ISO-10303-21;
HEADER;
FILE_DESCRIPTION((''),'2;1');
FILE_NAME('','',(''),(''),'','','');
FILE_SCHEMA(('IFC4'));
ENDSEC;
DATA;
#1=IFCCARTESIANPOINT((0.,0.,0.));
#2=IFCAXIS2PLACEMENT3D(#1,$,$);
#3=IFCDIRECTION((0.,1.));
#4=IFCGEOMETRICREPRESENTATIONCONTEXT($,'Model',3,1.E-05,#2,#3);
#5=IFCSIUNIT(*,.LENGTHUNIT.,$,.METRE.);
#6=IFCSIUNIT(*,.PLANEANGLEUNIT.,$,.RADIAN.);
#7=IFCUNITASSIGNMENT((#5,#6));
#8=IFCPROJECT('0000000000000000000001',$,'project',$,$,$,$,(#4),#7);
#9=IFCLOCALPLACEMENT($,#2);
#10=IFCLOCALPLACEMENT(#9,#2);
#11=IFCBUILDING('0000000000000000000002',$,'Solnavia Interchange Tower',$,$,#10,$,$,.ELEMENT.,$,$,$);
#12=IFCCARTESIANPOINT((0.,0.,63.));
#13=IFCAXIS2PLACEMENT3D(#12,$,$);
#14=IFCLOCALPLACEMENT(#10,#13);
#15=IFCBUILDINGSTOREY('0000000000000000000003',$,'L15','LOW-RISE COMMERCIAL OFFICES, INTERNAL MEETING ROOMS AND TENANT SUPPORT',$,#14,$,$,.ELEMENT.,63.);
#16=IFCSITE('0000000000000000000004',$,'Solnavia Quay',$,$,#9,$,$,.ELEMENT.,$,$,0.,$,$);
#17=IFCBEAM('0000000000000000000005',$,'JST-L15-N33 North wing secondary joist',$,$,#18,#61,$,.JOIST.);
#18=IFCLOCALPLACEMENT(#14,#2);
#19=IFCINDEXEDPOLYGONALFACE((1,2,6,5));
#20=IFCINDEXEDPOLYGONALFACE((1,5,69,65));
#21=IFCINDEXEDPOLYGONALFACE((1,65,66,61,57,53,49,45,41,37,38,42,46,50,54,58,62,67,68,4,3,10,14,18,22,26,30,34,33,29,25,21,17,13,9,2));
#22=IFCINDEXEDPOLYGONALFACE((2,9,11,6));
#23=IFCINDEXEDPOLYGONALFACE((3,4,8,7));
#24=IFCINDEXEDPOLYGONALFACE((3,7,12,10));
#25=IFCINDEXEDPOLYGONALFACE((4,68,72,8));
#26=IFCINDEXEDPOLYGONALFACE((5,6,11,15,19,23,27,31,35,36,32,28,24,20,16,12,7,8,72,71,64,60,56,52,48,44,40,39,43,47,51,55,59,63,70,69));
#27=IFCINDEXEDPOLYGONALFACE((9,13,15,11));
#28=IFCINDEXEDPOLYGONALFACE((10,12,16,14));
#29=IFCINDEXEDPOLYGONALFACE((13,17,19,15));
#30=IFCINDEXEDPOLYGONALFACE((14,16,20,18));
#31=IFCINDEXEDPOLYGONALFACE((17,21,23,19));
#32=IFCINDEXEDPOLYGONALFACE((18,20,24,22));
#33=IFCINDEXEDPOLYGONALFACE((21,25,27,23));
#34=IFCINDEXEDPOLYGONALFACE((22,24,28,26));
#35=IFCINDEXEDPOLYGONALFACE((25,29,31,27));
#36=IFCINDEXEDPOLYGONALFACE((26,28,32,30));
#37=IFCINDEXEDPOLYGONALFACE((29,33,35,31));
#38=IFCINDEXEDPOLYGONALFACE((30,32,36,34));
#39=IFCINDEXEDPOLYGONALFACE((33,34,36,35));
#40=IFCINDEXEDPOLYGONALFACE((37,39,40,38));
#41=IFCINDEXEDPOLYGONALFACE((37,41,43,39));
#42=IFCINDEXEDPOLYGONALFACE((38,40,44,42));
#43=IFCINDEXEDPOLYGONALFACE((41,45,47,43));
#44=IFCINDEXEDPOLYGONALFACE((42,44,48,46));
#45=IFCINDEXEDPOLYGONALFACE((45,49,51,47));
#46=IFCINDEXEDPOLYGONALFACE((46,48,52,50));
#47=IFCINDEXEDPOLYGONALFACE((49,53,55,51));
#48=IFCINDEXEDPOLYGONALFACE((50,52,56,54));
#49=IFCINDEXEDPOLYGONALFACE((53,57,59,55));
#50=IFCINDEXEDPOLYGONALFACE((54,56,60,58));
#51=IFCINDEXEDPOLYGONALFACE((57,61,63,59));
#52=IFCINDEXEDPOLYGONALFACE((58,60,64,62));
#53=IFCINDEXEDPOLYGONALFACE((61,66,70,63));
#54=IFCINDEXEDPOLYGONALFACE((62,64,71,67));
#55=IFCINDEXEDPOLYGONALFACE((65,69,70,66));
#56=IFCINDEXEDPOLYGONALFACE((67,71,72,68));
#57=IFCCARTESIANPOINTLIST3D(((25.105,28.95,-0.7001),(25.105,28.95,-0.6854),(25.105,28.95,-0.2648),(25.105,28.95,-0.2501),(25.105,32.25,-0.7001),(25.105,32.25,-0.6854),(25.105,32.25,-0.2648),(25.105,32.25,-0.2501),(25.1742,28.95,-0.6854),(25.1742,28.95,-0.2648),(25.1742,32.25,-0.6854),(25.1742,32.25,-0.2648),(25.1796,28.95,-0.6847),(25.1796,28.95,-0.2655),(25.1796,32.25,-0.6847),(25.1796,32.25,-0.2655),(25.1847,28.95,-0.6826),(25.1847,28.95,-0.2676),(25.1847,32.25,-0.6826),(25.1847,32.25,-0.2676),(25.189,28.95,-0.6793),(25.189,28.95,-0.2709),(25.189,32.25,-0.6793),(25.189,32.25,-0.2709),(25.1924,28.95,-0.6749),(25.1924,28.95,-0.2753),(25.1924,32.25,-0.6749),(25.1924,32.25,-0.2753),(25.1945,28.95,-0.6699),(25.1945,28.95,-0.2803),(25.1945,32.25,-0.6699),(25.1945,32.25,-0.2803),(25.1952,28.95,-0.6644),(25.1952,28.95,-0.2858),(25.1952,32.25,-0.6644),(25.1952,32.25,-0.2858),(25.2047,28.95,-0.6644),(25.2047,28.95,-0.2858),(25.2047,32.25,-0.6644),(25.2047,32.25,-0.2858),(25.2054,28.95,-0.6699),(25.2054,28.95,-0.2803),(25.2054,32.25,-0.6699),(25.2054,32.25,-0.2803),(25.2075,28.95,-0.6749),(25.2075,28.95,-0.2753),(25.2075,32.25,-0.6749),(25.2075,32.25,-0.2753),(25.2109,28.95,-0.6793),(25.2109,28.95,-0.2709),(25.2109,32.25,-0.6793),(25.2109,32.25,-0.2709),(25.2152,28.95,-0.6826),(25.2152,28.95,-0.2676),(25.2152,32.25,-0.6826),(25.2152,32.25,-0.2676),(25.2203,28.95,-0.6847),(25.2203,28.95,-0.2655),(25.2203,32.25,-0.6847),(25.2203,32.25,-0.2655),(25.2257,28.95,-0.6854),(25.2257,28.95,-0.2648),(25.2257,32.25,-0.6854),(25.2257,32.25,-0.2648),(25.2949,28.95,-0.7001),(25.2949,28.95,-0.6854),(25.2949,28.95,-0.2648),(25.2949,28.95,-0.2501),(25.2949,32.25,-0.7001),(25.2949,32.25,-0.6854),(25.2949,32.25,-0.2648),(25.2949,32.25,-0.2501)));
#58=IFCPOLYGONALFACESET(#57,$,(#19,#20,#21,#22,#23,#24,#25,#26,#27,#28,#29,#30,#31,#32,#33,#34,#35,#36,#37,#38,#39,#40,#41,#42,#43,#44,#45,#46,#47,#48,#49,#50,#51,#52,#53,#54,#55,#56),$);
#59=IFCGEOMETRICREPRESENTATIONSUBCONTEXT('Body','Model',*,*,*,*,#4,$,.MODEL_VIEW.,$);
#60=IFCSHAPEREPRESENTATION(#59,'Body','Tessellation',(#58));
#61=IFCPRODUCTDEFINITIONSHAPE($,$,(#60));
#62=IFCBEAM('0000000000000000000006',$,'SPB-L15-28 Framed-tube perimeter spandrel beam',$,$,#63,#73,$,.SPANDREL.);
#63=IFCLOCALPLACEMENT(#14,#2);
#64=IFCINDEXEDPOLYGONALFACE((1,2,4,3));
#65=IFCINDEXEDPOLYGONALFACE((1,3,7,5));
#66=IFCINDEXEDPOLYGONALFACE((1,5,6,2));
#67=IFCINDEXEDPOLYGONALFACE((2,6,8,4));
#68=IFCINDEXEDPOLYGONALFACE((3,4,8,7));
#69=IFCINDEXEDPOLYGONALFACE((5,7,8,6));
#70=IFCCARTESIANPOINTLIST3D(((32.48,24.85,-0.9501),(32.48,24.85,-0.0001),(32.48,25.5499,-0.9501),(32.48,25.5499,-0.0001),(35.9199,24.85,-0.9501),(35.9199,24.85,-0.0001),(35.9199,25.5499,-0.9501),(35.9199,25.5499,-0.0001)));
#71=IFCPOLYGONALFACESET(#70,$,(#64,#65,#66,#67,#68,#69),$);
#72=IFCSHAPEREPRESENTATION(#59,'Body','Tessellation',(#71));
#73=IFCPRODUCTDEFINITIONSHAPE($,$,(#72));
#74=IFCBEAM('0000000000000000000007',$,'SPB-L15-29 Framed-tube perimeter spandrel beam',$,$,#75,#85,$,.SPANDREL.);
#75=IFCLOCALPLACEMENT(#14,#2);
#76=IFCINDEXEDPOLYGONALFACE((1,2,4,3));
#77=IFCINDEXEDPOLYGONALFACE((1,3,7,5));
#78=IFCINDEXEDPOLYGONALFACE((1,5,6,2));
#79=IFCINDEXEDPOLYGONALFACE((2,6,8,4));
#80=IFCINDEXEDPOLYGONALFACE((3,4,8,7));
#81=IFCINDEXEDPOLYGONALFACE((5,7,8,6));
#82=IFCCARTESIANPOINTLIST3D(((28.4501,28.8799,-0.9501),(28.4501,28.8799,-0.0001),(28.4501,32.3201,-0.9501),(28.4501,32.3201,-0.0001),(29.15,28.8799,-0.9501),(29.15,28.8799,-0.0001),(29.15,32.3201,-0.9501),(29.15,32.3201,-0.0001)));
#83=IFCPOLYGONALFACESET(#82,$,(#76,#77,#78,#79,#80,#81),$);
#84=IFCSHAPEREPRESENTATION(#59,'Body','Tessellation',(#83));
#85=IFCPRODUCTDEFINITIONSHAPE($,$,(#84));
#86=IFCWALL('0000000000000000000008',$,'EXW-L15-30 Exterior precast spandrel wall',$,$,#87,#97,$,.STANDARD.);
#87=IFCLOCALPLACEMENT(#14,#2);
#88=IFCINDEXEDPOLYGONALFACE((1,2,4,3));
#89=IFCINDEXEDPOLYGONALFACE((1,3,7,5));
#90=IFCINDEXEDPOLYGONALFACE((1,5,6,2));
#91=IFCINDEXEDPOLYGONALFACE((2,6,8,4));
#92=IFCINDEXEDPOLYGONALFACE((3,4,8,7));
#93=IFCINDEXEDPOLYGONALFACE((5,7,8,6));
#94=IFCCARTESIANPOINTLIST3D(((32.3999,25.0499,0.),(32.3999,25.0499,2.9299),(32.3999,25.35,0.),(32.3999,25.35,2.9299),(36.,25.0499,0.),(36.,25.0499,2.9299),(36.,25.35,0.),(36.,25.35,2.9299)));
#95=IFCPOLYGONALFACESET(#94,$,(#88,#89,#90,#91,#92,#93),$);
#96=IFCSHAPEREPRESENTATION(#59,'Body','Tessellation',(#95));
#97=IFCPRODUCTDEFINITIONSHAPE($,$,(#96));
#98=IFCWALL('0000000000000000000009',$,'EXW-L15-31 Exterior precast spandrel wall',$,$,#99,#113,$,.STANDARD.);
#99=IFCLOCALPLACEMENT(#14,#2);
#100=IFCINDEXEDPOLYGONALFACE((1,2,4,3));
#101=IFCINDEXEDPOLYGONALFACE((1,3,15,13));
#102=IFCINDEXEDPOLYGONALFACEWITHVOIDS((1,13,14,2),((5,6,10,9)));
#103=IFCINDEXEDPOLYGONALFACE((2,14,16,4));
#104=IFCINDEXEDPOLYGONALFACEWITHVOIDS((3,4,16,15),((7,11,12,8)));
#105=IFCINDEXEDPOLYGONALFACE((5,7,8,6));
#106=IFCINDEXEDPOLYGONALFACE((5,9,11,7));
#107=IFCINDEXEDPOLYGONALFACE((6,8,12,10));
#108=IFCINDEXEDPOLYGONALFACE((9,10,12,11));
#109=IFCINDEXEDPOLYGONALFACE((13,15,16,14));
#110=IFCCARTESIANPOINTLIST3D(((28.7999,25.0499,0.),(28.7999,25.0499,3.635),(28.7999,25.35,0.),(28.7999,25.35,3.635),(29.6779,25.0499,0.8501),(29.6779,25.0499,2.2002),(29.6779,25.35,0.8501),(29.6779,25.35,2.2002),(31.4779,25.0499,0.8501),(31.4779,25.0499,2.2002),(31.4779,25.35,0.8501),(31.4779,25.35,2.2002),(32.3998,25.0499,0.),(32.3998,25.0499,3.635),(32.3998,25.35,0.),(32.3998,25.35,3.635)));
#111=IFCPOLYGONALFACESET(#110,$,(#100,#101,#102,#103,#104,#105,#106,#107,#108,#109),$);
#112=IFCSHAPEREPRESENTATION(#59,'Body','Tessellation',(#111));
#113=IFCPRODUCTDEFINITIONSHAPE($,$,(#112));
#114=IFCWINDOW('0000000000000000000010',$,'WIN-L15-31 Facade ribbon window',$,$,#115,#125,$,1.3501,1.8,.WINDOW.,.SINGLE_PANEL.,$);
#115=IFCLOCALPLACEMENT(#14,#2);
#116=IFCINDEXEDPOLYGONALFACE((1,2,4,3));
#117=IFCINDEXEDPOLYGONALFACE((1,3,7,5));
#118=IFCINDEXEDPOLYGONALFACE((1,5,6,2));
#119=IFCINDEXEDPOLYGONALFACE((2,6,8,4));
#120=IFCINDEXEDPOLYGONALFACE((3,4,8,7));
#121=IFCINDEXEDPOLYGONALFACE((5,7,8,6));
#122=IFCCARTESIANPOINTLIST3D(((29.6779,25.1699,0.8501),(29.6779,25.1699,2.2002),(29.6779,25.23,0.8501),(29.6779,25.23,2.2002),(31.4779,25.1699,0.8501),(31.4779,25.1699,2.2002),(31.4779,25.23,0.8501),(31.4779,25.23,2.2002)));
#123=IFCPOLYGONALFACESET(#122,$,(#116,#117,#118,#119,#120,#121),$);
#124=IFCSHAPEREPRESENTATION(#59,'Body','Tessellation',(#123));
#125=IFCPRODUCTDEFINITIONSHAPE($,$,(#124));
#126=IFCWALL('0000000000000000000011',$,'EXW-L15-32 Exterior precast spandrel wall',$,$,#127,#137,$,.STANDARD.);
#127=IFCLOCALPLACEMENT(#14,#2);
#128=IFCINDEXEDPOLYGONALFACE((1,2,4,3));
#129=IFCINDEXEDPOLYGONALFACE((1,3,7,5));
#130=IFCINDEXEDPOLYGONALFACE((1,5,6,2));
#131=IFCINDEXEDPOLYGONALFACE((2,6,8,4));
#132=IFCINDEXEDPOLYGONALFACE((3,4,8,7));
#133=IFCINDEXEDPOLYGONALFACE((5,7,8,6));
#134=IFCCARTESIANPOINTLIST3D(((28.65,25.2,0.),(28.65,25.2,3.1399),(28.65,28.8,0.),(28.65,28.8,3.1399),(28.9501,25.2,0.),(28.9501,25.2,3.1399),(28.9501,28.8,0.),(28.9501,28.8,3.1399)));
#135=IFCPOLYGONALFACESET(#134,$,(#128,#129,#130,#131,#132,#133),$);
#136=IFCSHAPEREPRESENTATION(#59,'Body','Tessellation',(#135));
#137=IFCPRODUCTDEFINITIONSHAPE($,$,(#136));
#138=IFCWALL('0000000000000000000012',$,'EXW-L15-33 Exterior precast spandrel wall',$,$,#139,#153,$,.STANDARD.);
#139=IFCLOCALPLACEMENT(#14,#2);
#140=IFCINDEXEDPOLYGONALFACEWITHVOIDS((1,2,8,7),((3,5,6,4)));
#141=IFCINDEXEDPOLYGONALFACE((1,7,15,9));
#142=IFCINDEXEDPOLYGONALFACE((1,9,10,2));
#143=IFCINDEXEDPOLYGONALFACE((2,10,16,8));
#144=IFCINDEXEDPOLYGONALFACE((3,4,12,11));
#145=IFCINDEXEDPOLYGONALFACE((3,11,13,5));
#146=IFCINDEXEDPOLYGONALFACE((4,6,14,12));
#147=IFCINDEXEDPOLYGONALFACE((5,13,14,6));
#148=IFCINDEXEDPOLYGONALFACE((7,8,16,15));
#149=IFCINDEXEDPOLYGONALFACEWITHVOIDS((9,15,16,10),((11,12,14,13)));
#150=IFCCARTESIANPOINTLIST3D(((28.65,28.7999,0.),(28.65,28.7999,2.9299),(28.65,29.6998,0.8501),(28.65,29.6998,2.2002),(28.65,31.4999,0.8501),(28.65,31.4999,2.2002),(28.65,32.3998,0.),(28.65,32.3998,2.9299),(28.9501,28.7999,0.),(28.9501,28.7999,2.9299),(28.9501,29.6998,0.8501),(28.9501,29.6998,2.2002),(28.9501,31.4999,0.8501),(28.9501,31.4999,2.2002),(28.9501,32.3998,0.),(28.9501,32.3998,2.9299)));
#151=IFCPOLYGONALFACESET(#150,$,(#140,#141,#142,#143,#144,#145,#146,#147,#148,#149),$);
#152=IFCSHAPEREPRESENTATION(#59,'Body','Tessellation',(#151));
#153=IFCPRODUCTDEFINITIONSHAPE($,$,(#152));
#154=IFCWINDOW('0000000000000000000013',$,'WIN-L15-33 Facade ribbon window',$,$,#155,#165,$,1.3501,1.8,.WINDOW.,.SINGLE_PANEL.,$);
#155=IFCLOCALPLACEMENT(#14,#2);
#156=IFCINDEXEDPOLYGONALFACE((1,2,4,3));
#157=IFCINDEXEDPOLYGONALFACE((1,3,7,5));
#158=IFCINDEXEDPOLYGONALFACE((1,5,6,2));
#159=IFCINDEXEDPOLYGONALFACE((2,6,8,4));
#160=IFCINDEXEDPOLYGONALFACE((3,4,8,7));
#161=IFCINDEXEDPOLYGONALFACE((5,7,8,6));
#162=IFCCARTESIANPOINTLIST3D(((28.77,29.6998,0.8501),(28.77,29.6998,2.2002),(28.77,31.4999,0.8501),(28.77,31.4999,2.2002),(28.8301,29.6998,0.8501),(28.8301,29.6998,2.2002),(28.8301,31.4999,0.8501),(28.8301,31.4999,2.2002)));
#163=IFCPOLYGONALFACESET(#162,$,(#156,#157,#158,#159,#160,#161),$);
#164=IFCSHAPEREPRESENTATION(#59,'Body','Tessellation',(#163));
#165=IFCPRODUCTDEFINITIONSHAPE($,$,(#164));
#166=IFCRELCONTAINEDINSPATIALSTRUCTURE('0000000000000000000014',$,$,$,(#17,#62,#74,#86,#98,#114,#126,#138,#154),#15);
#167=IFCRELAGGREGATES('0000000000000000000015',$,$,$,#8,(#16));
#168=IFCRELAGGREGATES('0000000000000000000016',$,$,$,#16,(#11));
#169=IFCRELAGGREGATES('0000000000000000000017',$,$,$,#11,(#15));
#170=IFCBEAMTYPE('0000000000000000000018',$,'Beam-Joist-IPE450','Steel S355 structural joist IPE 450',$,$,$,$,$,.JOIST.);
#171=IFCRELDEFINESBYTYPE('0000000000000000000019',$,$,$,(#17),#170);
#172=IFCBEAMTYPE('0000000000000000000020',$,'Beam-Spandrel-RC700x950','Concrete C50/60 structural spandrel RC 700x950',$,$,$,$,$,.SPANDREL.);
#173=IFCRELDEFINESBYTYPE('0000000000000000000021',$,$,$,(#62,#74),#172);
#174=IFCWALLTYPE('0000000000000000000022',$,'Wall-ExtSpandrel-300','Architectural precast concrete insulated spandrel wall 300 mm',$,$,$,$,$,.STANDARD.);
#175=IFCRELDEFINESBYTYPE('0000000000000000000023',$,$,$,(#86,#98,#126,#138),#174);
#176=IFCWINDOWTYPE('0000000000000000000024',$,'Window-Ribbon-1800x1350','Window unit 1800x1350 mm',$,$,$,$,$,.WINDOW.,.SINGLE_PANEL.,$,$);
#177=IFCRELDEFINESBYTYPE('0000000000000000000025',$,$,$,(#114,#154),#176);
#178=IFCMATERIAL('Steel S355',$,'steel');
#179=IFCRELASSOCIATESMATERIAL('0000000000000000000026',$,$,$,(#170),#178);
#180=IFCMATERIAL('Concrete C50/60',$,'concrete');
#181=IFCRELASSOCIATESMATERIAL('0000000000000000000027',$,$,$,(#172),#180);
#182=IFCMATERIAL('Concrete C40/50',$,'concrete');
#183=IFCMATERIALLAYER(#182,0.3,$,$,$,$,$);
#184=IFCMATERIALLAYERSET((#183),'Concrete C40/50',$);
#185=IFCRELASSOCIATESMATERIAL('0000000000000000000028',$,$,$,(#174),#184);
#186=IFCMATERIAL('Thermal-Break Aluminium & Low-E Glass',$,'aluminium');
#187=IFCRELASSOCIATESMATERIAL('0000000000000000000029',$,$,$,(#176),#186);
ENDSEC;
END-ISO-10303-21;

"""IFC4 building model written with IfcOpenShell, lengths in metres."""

from ifc_helpers import new_model, si_unit, direction, frame, frame_2d, origin, origin_2d, place, context, subcontext, project, spatial, rectangle, i_section, extrude, material, layer, layer_set, material_profile, profile_set, type_object, element, fill, save


model = new_model("IFC4")

# Units and contexts
model_context = context("Model", 3, precision=1e-05, world=origin(), true_north=direction((0.0, 1.0)))
body_context = subcontext(model_context, "Body", "Model", "MODEL_VIEW")
ifc_project = project(units=[si_unit("LENGTHUNIT", "METRE"), si_unit("PLANEANGLEUNIT", "RADIAN")], contexts=[model_context])

# Site, building, storey
site_placement = place(None, origin())
site = spatial("IfcSite", under=ifc_project, at=site_placement, Name="Solnavia Quay", CompositionType="ELEMENT", RefElevation=0.0)
building_placement = place(site_placement, origin())
building = spatial("IfcBuilding", under=site, at=building_placement, Name="Solnavia Interchange Tower", CompositionType="ELEMENT")
storey_placement = place(building_placement, frame((0.0, 0.0, 63.0)))
storey = spatial("IfcBuildingStorey", under=building, at=storey_placement, Name="L15", Description="LOW-RISE COMMERCIAL OFFICES, INTERNAL MEETING ROOMS AND TENANT SUPPORT", CompositionType="ELEMENT", Elevation=63.0)

# Shared definitions
ifc_material_1 = material(Name="Steel S355", Category="steel")

# Beams
ifc_material_2 = material(Name="Concrete C50/60", Category="concrete")
ifc_material_profile_1 = material_profile(ifc_material_1, i_section(OverallWidth=0.1899, OverallDepth=0.45, WebThickness=0.0095, FlangeThickness=0.0146, FilletRadius=0.021, at=origin_2d()), Name="IPE 450")
ifc_profile_set_1 = profile_set([ifc_material_profile_1], Name="Steel S355")
beam_type_1 = type_object("IfcBeamType", Name="Beam-Joist-IPE450", Description="Steel S355 structural joist IPE 450", PredefinedType="JOIST", material=ifc_profile_set_1)
beam_1_placement = place(storey_placement, frame((25.2, 28.95, -0.4751), z_axis=(0.0, 1.0, 0.0), x_axis=(-1.0, 0.0, 0.0)))
element("IfcBeam", 1, at=beam_1_placement, inside=storey, type_object=beam_type_1, Name="JST-L15-N33 North wing secondary joist", PredefinedType="JOIST", context=body_context, shape_type="SweptSolid", body=[
    extrude(i_section(OverallWidth=0.1899, OverallDepth=0.45, WebThickness=0.0095, FlangeThickness=0.0146, FilletRadius=0.021, at=origin_2d()), origin(), (0.0, 0.0, 1.0), 3.3),
])
ifc_material_profile_2 = material_profile(ifc_material_2, rectangle(XDim=0.7, YDim=0.95, at=origin_2d()), Name="RC 700x950")
ifc_profile_set_2 = profile_set([ifc_material_profile_2], Name="Concrete C50/60")
beam_type_2 = type_object("IfcBeamType", Name="Beam-Spandrel-RC700x950", Description="Concrete C50/60 structural spandrel RC 700x950", PredefinedType="SPANDREL", material=ifc_profile_set_2)
beam_2_placement = place(storey_placement, frame((35.9199, 25.2, -0.4751), z_axis=(-1.0, 0.0, 0.0), x_axis=(0.0, -1.0, 0.0)))
element("IfcBeam", 2, at=beam_2_placement, inside=storey, type_object=beam_type_2, Name="SPB-L15-28 Framed-tube perimeter spandrel beam", PredefinedType="SPANDREL", context=body_context, shape_type="SweptSolid", body=[
    extrude(rectangle(XDim=0.7, YDim=0.95, at=origin_2d()), origin(), (0.0, 0.0, 1.0), 3.4399),
])
beam_3_placement = place(storey_placement, frame((28.8, 28.8799, -0.4751), z_axis=(0.0, 1.0, 0.0), x_axis=(-1.0, 0.0, 0.0)))
element("IfcBeam", 3, at=beam_3_placement, inside=storey, type_object=beam_type_2, Name="SPB-L15-29 Framed-tube perimeter spandrel beam", PredefinedType="SPANDREL", context=body_context, shape_type="SweptSolid", body=[
    extrude(rectangle(XDim=0.7, YDim=0.95, at=origin_2d()), origin(), (0.0, 0.0, 1.0), 3.4402),
])

# Wall
ifc_material_3 = material(Name="Concrete C40/50", Category="concrete")
ifc_layer_1 = layer(ifc_material_3, 0.3)
ifc_layer_set_1 = layer_set([ifc_layer_1], Name="Concrete C40/50")
wall_type_1 = type_object("IfcWallType", Name="Wall-ExtSpandrel-300", Description="Architectural precast concrete insulated spandrel wall 300 mm", PredefinedType="STANDARD", material=ifc_layer_set_1)
wall_1_placement = place(storey_placement, frame((32.3999, 25.2, 0.0), z_axis=(0.0, 0.0, 1.0), x_axis=(1.0, 0.0, 0.0)))
element("IfcWall", 4, at=wall_1_placement, inside=storey, type_object=wall_type_1, Name="EXW-L15-30 Exterior precast spandrel wall", PredefinedType="STANDARD", context=body_context, shape_type="SweptSolid", body=[
    extrude(rectangle(XDim=3.6001, YDim=0.3, at=frame_2d((1.8, 0.0))), origin(), (0.0, 0.0, 1.0), 2.9299),
])

# Wall, opening, window
wall_2_placement = place(storey_placement, frame((28.8, 25.2, 0.0), z_axis=(0.0, 0.0, 1.0), x_axis=(1.0, 0.0, 0.0)))
wall_2 = element("IfcWall", 5, at=wall_2_placement, inside=storey, type_object=wall_type_1, Name="EXW-L15-31 Exterior precast spandrel wall", PredefinedType="STANDARD", context=body_context, shape_type="SweptSolid", body=[
    extrude(rectangle(XDim=3.5999, YDim=0.3, at=frame_2d((1.7998, 0.0))), origin(), (0.0, 0.0, 1.0), 3.635),
])
opening_1_placement = place(wall_2_placement, frame((0.8779, 0.0, 0.8501)))
opening_1 = element("IfcOpeningElement", 6, at=opening_1_placement, cuts=wall_2, PredefinedType="OPENING", context=body_context, shape_type="SweptSolid", body=[
    extrude(rectangle(XDim=1.8, YDim=1.3501, at=frame_2d((0.8999, 0.675))), frame((0.0, 0.1602, 0.0), z_axis=(0.0, -1.0, 0.0), x_axis=(1.0, 0.0, 0.0)), (0.0, 0.0, 1.0), 0.3201),
])
ifc_material_4 = material(Name="Thermal-Break Aluminium & Low-E Glass", Category="aluminium")
window_type = type_object("IfcWindowType", Name="Window-Ribbon-1800x1350", Description="Window unit 1800x1350 mm", PartitioningType="SINGLE_PANEL", PredefinedType="WINDOW", material=ifc_material_4)
window_1_placement = place(opening_1_placement, origin())
window_1 = element("IfcWindow", 7, at=window_1_placement, inside=storey, type_object=window_type, Name="WIN-L15-31 Facade ribbon window", OverallHeight=1.3501, OverallWidth=1.8, PartitioningType="SINGLE_PANEL", PredefinedType="WINDOW", context=body_context, shape_type="SweptSolid", body=[
    extrude(rectangle(XDim=1.8, YDim=1.3501, at=frame_2d((0.8999, 0.675))), frame((0.0, 0.03, 0.0), z_axis=(0.0, -1.0, 0.0), x_axis=(1.0, 0.0, 0.0)), (0.0, 0.0, 1.0), 0.0601),
])
fill(opening_1, window_1)

# Wall
wall_3_placement = place(storey_placement, frame((28.8, 25.2, 0.0), z_axis=(0.0, 0.0, 1.0), x_axis=(0.0, 1.0, 0.0)))
element("IfcWall", 8, at=wall_3_placement, inside=storey, type_object=wall_type_1, Name="EXW-L15-32 Exterior precast spandrel wall", PredefinedType="STANDARD", context=body_context, shape_type="SweptSolid", body=[
    extrude(rectangle(XDim=3.6001, YDim=0.3, at=frame_2d((1.8, 0.0))), origin(), (0.0, 0.0, 1.0), 3.1399),
])

# Wall, opening, window
wall_4_placement = place(storey_placement, frame((28.8, 28.8, 0.0), z_axis=(0.0, 0.0, 1.0), x_axis=(0.0, 1.0, 0.0)))
wall_4 = element("IfcWall", 9, at=wall_4_placement, inside=storey, type_object=wall_type_1, Name="EXW-L15-33 Exterior precast spandrel wall", PredefinedType="STANDARD", context=body_context, shape_type="SweptSolid", body=[
    extrude(rectangle(XDim=3.5999, YDim=0.3, at=frame_2d((1.7998, 0.0))), origin(), (0.0, 0.0, 1.0), 2.9299),
])
opening_2_placement = place(wall_4_placement, frame((0.8999, 0.0, 0.8501)))
opening_2 = element("IfcOpeningElement", 10, at=opening_2_placement, cuts=wall_4, PredefinedType="OPENING", context=body_context, shape_type="SweptSolid", body=[
    extrude(rectangle(XDim=1.8, YDim=1.3501, at=frame_2d((0.8999, 0.675))), frame((0.0, 0.1602, 0.0), z_axis=(0.0, -1.0, 0.0), x_axis=(1.0, 0.0, 0.0)), (0.0, 0.0, 1.0), 0.3201),
])
window_2_placement = place(opening_2_placement, origin())
window_2 = element("IfcWindow", 11, at=window_2_placement, inside=storey, type_object=window_type, Name="WIN-L15-33 Facade ribbon window", OverallHeight=1.3501, OverallWidth=1.8, PartitioningType="SINGLE_PANEL", PredefinedType="WINDOW", context=body_context, shape_type="SweptSolid", body=[
    extrude(rectangle(XDim=1.8, YDim=1.3501, at=frame_2d((0.8999, 0.675))), frame((0.0, 0.03, 0.0), z_axis=(0.0, -1.0, 0.0), x_axis=(1.0, 0.0, 0.0)), (0.0, 0.0, 1.0), 0.0601),
])
fill(opening_2, window_2)

save(model, "model.ifc")
